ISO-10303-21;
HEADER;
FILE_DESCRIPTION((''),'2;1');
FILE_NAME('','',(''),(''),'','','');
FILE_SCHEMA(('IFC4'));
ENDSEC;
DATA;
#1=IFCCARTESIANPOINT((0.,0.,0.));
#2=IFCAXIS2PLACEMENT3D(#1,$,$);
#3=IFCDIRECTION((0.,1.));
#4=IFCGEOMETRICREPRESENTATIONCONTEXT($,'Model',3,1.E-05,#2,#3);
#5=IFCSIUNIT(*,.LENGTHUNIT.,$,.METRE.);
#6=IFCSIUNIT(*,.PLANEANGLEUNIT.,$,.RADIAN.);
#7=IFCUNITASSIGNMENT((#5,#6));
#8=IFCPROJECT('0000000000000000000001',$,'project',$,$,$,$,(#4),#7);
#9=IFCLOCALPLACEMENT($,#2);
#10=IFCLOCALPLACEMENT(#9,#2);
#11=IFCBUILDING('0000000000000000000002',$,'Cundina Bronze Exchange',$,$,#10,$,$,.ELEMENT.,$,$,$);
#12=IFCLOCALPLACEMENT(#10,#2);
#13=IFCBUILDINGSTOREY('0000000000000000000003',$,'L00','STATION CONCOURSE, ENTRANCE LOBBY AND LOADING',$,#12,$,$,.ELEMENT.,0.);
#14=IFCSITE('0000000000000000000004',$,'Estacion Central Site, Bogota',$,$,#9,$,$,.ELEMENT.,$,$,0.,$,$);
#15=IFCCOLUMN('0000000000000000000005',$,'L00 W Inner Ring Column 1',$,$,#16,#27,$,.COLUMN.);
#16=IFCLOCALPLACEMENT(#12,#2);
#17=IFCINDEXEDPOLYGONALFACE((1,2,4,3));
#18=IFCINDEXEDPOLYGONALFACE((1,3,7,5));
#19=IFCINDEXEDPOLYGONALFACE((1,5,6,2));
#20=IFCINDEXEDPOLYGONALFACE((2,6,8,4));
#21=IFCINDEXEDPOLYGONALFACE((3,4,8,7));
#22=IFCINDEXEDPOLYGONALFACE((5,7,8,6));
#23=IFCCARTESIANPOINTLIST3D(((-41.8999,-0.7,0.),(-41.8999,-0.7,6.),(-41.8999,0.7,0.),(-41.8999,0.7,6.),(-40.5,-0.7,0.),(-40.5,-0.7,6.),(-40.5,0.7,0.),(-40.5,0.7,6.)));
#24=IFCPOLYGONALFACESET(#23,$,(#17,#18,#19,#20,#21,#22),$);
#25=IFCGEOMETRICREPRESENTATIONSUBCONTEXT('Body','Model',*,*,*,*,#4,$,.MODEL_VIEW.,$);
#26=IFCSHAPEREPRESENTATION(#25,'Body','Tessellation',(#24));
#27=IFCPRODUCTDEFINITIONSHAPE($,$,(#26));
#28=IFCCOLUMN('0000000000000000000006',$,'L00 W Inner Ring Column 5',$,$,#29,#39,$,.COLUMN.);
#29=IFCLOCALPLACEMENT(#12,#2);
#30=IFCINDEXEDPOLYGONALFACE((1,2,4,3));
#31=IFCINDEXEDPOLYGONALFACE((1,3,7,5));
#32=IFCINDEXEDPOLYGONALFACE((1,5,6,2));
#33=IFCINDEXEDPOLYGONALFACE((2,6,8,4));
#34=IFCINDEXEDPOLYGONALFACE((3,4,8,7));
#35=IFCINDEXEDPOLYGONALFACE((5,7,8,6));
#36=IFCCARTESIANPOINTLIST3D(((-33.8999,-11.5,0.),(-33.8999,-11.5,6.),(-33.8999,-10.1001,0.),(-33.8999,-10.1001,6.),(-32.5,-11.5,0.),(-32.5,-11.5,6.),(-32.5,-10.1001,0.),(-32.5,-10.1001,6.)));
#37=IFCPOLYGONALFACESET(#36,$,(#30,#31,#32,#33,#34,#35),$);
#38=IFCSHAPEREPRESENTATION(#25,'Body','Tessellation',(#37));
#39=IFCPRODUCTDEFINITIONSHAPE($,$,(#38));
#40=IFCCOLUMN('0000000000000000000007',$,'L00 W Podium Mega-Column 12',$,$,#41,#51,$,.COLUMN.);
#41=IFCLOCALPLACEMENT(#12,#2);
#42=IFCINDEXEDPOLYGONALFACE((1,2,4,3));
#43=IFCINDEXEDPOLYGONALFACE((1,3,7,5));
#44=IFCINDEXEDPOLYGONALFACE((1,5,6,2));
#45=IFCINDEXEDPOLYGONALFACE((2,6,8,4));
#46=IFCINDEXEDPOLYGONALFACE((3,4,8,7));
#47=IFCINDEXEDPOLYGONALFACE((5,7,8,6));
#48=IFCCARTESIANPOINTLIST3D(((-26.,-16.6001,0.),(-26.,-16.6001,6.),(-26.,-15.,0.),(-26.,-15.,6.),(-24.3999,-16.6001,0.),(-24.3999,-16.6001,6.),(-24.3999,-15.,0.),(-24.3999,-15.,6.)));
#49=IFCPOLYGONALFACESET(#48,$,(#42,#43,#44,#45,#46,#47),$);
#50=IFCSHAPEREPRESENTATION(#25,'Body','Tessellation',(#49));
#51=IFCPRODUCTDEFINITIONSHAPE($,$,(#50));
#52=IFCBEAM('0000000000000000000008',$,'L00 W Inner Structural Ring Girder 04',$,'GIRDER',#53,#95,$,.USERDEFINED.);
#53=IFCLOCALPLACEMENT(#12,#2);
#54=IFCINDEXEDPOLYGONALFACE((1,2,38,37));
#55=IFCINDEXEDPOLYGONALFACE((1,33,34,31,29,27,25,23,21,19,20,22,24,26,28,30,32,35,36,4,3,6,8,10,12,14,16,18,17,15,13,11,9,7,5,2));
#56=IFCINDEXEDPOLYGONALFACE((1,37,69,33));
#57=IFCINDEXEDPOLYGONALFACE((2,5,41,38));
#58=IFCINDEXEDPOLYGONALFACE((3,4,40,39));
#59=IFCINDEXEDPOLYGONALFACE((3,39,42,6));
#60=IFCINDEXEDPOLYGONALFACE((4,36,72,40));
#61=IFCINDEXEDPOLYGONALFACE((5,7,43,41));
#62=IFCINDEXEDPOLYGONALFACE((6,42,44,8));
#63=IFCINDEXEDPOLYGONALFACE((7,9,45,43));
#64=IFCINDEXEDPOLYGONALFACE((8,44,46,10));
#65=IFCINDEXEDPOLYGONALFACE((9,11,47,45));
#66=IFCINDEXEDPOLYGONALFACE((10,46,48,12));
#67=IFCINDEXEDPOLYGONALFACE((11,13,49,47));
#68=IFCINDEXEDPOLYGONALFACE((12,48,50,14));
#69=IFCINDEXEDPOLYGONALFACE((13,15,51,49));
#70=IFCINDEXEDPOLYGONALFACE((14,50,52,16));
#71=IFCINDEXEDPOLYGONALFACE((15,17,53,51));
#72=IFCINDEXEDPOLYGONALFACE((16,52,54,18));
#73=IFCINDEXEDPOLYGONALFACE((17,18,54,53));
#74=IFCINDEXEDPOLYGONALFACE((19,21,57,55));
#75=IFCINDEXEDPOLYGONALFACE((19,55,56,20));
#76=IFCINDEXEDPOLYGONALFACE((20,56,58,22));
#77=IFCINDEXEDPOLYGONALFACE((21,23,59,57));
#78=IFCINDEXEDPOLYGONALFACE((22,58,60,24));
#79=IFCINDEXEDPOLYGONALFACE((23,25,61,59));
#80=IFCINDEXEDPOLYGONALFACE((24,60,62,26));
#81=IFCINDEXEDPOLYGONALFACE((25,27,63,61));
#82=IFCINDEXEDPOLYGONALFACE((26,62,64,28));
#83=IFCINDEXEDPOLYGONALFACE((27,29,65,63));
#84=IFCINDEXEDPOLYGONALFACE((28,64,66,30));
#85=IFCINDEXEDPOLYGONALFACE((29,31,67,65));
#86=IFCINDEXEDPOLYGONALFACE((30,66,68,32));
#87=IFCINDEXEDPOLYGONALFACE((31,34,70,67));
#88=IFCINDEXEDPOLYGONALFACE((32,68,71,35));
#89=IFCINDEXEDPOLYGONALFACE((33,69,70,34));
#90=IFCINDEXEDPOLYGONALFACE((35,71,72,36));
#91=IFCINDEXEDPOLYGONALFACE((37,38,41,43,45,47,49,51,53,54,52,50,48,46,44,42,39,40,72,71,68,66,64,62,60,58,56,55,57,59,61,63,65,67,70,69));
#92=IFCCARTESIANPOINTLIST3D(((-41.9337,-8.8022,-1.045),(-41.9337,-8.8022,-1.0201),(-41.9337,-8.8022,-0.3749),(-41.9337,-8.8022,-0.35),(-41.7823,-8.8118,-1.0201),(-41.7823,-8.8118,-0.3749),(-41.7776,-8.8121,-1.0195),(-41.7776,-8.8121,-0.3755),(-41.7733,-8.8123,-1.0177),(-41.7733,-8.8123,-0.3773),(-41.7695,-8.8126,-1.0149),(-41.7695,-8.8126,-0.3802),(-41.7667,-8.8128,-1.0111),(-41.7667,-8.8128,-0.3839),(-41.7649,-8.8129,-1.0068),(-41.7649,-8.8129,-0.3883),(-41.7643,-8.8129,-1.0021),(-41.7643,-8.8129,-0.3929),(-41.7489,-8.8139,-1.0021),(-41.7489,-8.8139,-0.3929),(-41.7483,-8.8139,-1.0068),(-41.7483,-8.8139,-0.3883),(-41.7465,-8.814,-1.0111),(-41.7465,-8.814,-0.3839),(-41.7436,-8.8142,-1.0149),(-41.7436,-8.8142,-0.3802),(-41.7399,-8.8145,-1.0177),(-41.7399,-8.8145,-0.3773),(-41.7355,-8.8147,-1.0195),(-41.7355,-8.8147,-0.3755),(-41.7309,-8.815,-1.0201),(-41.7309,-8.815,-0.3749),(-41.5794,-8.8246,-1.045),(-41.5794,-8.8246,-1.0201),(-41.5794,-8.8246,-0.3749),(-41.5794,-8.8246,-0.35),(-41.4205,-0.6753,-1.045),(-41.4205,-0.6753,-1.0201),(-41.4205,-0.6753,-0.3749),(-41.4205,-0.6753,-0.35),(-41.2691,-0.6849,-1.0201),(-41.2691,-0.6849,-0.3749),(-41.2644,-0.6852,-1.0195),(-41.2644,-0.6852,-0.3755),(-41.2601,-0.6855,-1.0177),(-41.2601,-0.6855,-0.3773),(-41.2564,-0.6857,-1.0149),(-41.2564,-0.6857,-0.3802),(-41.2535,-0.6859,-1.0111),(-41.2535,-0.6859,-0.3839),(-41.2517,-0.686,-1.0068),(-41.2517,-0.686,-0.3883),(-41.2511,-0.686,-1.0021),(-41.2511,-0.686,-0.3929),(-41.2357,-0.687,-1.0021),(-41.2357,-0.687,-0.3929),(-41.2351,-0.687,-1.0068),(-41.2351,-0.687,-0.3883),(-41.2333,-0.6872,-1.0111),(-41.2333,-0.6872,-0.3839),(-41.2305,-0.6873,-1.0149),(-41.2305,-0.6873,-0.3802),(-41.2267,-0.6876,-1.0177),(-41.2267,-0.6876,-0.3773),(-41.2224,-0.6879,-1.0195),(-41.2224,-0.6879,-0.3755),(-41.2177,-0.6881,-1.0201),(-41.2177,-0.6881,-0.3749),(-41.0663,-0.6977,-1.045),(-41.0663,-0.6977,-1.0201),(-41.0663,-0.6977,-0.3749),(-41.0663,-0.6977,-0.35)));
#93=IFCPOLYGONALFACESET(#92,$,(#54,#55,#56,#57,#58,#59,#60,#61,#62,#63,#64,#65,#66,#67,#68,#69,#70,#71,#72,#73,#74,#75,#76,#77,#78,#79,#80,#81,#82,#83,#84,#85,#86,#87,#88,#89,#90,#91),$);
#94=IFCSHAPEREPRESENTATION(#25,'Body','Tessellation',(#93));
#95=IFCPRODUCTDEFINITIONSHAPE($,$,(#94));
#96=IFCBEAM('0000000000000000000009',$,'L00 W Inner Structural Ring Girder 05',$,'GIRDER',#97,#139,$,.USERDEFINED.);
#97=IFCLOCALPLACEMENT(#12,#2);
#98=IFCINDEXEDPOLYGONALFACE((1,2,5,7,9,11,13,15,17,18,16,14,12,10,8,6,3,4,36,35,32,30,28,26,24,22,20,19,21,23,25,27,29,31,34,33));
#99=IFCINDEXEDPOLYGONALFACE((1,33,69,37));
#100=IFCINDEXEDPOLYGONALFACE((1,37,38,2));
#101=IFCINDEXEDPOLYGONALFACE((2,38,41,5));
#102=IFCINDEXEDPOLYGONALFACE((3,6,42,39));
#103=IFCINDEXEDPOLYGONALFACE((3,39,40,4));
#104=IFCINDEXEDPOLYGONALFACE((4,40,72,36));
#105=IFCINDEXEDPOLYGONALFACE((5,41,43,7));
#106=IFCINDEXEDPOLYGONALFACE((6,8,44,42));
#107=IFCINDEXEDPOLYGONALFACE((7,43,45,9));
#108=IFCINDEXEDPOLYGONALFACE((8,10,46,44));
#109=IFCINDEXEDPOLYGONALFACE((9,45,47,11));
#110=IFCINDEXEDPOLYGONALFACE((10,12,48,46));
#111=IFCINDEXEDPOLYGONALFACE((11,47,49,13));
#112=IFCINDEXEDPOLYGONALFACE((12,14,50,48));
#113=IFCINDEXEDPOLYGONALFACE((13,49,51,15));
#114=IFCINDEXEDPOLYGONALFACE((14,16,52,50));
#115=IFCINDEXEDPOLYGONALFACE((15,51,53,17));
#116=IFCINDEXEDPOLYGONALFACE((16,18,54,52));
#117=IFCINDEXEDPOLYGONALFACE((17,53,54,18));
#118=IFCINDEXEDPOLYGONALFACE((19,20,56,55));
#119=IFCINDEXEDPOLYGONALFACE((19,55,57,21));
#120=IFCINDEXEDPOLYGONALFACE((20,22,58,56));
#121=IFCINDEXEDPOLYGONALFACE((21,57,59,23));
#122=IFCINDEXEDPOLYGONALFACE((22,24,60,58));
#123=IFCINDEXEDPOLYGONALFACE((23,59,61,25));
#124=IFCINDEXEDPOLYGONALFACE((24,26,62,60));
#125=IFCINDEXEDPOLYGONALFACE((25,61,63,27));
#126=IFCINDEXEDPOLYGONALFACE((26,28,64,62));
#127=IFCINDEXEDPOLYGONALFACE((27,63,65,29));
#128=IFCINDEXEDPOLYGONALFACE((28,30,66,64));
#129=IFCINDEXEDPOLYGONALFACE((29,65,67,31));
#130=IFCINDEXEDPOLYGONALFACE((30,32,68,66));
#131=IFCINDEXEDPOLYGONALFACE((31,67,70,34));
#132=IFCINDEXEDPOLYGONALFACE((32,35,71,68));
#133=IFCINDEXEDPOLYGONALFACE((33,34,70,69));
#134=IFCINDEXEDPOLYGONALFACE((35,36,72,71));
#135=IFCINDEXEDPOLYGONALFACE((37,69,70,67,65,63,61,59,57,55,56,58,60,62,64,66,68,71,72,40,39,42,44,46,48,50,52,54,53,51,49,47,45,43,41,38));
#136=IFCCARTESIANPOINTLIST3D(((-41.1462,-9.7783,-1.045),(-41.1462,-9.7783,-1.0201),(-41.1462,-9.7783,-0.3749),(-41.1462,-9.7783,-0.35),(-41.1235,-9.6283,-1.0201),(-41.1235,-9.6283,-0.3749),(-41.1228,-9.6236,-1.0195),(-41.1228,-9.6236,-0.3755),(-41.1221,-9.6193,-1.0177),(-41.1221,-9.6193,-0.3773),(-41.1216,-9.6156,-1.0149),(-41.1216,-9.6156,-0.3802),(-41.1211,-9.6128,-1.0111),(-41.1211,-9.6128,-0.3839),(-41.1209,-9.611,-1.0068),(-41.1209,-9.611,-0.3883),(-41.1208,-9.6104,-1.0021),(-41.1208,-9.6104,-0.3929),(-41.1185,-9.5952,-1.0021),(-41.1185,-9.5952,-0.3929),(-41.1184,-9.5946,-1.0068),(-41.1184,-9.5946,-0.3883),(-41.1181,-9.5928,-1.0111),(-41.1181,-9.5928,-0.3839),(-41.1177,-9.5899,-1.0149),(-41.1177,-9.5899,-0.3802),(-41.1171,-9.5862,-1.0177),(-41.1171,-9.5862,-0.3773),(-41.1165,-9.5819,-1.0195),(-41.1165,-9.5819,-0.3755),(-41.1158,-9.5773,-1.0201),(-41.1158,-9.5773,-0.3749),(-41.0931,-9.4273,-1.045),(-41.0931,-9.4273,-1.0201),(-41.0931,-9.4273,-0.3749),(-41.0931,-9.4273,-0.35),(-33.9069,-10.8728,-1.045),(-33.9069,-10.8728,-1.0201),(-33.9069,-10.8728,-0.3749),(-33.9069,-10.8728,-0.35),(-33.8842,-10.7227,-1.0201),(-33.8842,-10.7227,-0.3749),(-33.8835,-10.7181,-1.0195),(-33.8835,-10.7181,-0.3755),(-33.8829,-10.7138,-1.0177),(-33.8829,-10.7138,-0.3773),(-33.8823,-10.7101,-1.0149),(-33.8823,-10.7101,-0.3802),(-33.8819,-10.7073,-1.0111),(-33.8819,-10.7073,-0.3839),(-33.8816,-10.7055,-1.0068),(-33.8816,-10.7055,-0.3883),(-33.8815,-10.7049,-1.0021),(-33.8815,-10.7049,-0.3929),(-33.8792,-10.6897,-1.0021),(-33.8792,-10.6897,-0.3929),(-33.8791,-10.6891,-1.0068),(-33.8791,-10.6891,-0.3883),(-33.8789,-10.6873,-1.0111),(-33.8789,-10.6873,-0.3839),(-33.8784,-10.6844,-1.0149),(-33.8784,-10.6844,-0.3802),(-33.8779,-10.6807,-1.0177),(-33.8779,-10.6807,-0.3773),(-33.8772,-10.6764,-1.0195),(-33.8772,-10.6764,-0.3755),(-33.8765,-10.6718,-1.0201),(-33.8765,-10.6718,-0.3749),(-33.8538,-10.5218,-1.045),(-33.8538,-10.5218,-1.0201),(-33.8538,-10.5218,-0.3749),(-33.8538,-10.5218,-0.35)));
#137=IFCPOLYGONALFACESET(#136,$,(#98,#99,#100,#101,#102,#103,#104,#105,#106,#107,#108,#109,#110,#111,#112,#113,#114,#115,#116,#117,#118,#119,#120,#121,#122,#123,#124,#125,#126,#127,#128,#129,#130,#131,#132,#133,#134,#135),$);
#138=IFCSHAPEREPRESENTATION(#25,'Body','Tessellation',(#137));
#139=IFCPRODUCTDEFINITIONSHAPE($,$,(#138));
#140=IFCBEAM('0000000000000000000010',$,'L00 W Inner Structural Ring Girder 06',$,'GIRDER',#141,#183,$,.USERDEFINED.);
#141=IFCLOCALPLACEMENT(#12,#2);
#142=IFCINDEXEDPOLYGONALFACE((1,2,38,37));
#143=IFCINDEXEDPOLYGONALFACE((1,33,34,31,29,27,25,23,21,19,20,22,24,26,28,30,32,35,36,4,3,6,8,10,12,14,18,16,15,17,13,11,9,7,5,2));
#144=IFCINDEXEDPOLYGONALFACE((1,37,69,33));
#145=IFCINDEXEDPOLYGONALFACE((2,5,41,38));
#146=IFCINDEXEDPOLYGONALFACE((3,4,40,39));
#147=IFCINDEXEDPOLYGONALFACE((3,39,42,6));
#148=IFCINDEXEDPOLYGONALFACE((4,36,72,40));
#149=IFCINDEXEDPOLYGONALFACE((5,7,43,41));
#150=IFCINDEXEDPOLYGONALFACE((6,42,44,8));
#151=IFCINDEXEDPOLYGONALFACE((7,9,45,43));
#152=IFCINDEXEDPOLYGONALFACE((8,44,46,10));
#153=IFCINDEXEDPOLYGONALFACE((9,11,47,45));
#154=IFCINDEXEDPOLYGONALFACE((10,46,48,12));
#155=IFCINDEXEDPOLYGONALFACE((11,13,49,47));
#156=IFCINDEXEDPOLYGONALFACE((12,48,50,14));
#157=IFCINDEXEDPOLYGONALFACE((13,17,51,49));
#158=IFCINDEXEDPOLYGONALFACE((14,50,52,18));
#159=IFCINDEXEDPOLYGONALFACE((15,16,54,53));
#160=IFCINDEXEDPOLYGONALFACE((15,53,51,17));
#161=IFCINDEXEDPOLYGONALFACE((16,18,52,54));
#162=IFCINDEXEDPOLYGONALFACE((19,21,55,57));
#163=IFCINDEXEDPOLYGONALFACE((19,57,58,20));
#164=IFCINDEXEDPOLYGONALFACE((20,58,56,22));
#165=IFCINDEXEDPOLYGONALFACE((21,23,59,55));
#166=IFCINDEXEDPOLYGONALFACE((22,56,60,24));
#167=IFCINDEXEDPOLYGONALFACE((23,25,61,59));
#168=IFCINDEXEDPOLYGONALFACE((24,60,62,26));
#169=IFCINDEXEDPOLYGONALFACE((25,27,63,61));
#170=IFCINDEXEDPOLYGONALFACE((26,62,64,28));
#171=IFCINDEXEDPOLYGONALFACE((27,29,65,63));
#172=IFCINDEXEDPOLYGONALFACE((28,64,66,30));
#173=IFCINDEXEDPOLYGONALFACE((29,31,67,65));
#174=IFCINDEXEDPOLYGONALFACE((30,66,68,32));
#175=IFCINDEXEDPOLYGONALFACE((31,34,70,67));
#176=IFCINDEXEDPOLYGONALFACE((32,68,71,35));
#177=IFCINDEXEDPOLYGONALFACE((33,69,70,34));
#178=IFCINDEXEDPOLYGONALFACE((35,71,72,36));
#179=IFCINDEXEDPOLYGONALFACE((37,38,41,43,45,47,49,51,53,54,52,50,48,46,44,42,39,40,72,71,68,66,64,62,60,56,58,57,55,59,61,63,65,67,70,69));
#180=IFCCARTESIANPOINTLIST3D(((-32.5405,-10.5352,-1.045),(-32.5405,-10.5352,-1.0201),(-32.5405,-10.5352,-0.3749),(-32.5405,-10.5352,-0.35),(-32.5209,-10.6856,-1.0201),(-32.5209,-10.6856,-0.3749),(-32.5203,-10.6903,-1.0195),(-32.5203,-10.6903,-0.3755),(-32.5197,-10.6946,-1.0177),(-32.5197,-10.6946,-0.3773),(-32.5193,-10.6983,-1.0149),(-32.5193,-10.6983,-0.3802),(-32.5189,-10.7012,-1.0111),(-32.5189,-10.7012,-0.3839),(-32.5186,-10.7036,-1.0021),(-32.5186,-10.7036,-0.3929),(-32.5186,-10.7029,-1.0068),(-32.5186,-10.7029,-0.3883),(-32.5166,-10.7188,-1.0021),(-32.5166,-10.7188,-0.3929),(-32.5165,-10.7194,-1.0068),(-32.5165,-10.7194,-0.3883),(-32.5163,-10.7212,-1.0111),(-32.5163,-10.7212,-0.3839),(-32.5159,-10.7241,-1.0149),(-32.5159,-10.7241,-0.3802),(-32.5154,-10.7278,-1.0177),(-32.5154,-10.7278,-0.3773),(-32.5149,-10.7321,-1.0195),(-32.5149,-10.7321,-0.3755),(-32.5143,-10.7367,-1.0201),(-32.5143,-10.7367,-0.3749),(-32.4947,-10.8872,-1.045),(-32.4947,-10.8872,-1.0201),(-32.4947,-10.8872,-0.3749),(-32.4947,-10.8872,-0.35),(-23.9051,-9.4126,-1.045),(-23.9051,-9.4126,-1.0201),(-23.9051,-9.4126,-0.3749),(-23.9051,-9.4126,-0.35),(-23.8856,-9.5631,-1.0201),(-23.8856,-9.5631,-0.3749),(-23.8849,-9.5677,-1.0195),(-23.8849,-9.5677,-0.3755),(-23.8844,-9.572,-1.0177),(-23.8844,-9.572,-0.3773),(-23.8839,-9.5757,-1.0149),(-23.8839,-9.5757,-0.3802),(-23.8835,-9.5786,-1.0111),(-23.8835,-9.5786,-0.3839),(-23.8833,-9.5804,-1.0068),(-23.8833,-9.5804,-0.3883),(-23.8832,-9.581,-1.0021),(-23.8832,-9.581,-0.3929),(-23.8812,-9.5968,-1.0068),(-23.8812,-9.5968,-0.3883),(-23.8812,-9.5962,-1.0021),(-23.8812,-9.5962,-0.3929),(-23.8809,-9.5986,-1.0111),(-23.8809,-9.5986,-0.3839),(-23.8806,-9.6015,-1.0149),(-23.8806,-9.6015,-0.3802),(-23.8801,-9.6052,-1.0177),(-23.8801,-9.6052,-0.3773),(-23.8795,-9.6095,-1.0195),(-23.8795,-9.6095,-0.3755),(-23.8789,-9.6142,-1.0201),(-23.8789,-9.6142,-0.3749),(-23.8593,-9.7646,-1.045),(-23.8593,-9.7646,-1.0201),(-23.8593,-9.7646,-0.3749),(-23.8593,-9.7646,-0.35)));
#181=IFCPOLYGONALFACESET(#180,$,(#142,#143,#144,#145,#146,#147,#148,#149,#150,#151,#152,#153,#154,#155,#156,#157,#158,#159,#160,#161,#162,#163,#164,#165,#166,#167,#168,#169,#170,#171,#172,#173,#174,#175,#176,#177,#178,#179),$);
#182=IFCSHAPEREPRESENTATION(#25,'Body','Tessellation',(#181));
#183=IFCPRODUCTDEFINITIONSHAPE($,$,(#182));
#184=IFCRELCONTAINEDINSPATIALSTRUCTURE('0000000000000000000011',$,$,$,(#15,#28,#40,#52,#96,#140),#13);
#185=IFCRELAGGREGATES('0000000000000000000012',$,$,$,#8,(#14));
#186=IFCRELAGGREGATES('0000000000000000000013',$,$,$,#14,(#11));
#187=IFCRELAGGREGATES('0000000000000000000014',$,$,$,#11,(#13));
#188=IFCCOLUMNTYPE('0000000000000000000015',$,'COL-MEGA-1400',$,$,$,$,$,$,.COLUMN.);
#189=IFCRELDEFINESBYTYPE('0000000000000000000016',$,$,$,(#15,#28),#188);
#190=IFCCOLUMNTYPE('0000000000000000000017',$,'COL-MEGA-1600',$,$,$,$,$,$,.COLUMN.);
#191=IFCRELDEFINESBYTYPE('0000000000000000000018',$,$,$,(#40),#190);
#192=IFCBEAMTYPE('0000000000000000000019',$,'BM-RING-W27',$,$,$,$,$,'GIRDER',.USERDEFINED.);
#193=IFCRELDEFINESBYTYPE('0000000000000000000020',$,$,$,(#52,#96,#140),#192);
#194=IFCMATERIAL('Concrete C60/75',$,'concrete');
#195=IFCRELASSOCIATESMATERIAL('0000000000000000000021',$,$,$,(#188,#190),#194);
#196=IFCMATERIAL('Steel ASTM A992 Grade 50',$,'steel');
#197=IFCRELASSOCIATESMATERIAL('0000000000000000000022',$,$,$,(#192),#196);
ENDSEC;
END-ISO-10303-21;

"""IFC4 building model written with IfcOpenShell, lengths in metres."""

from ifc_helpers import new_model, si_unit, direction, frame, origin, origin_2d, place, context, subcontext, project, spatial, rectangle, i_section, extrude, material, material_profile, profile_set, type_object, element, save


model = new_model("IFC4")

# Units and contexts
model_context = context("Model", 3, precision=1e-05, world=origin(), true_north=direction((0.0, 1.0)))
body_context = subcontext(model_context, "Body", "Model", "MODEL_VIEW")
ifc_project = project(units=[si_unit("LENGTHUNIT", "METRE"), si_unit("PLANEANGLEUNIT", "RADIAN")], contexts=[model_context])

# Site, building, storey
site_placement = place(None, origin())
site = spatial("IfcSite", under=ifc_project, at=site_placement, Name="Estacion Central Site, Bogota", CompositionType="ELEMENT", RefElevation=0.0)
building_placement = place(site_placement, origin())
building = spatial("IfcBuilding", under=site, at=building_placement, Name="Cundina Bronze Exchange", CompositionType="ELEMENT")
storey_placement = place(building_placement, origin())
storey = spatial("IfcBuildingStorey", under=building, at=storey_placement, Name="L00", Description="STATION CONCOURSE, ENTRANCE LOBBY AND LOADING", CompositionType="ELEMENT", Elevation=0.0)

# Columns
ifc_material_1 = material(Name="Concrete C60/75", Category="concrete")
ifc_material_profile_1 = material_profile(ifc_material_1, rectangle(XDim=1.3999, YDim=1.3999, at=origin_2d()), Name="RC1400X1400", Category="concrete")
ifc_profile_set_1 = profile_set([ifc_material_profile_1], Name="Concrete C60/75")
column_type_1 = type_object("IfcColumnType", Name="COL-MEGA-1400", PredefinedType="COLUMN", material=ifc_profile_set_1)
for number, where, z_axis, x_axis, name in (
    (1, (-41.2, 0.0, 0.0), (0.0, 0.0, 1.0), (1.0, 0.0, 0.0), "L00 W Inner Ring Column 1"),
    (2, (-33.2, -10.8, 0.0), (0.0, 0.0, 1.0), (1.0, 0.0, 0.0), "L00 W Inner Ring Column 5"),
):
    element("IfcColumn", number, at=place(storey_placement, frame(where, z_axis=z_axis, x_axis=x_axis)), inside=storey, type_object=column_type_1, Name=name, PredefinedType="COLUMN", context=body_context, shape_type="SweptSolid", body=[
        extrude(rectangle(XDim=1.3999, YDim=1.3999, at=origin_2d()), origin(), (0.0, 0.0, 1.0), 6.0),
    ])
ifc_material_profile_2 = material_profile(ifc_material_1, rectangle(XDim=1.6001, YDim=1.6001, at=origin_2d()), Name="RC1600X1600", Category="concrete")
ifc_profile_set_2 = profile_set([ifc_material_profile_2], Name="Concrete C60/75")
column_type_2 = type_object("IfcColumnType", Name="COL-MEGA-1600", PredefinedType="COLUMN", material=ifc_profile_set_2)
column_placement = place(storey_placement, frame((-25.2, -15.8, 0.0), z_axis=(0.0, 0.0, 1.0), x_axis=(1.0, 0.0, 0.0)))
element("IfcColumn", 3, at=column_placement, inside=storey, type_object=column_type_2, Name="L00 W Podium Mega-Column 12", PredefinedType="COLUMN", context=body_context, shape_type="SweptSolid", body=[
    extrude(rectangle(XDim=1.6001, YDim=1.6001, at=origin_2d()), origin(), (0.0, 0.0, 1.0), 6.0),
])

# Beams
ifc_material_2 = material(Name="Steel ASTM A992 Grade 50", Category="steel")
ifc_material_profile_3 = material_profile(ifc_material_2, i_section(OverallWidth=0.355, OverallDepth=0.6951, WebThickness=0.0154, FlangeThickness=0.0249, FilletRadius=0.0181, at=origin_2d()), Name="W27X146", Category="steel")
ifc_profile_set_3 = profile_set([ifc_material_profile_3], Name="Steel ASTM A992 Grade 50")
beam_type_1 = type_object("IfcBeamType", Name="BM-RING-W27", ElementType="GIRDER", PredefinedType="USERDEFINED", material=ifc_profile_set_3)
beam_1_placement = place(storey_placement, frame((-41.2434, -0.6865, -0.6975), z_axis=(-0.06302, -0.998012, 0.0), x_axis=(0.998012, -0.06302, 0.0)))
element("IfcBeam", 4, at=beam_1_placement, inside=storey, type_object=beam_type_1, Name="L00 W Inner Structural Ring Girder 04", ObjectType="GIRDER", PredefinedType="USERDEFINED", context=body_context, shape_type="SweptSolid", body=[
    extrude(i_section(OverallWidth=0.355, OverallDepth=0.6951, WebThickness=0.0154, FlangeThickness=0.0249, FilletRadius=0.0181, at=origin_2d()), origin(), (0.0, 0.0, 1.0), 8.1431),
])
beam_2_placement = place(storey_placement, frame((-41.1196, -9.6028, -0.6975), z_axis=(0.988763, -0.149488, 0.0), x_axis=(0.149488, 0.988763, 0.0)))
element("IfcBeam", 5, at=beam_2_placement, inside=storey, type_object=beam_type_1, Name="L00 W Inner Structural Ring Girder 05", ObjectType="GIRDER", PredefinedType="USERDEFINED", context=body_context, shape_type="SweptSolid", body=[
    extrude(i_section(OverallWidth=0.355, OverallDepth=0.6951, WebThickness=0.0154, FlangeThickness=0.0249, FilletRadius=0.0181, at=origin_2d()), origin(), (0.0, 0.0, 1.0), 7.3215),
])
beam_3_placement = place(storey_placement, frame((-32.5176, -10.7112, -0.6975), z_axis=(0.991656, 0.128912, 0.0), x_axis=(-0.128912, 0.991656, 0.0)))
element("IfcBeam", 6, at=beam_3_placement, inside=storey, type_object=beam_type_1, Name="L00 W Inner Structural Ring Girder 06", ObjectType="GIRDER", PredefinedType="USERDEFINED", context=body_context, shape_type="SweptSolid", body=[
    extrude(i_section(OverallWidth=0.355, OverallDepth=0.6951, WebThickness=0.0154, FlangeThickness=0.0249, FilletRadius=0.0181, at=origin_2d()), origin(), (0.0, 0.0, 1.0), 8.708),
])

save(model, "model.ifc")
